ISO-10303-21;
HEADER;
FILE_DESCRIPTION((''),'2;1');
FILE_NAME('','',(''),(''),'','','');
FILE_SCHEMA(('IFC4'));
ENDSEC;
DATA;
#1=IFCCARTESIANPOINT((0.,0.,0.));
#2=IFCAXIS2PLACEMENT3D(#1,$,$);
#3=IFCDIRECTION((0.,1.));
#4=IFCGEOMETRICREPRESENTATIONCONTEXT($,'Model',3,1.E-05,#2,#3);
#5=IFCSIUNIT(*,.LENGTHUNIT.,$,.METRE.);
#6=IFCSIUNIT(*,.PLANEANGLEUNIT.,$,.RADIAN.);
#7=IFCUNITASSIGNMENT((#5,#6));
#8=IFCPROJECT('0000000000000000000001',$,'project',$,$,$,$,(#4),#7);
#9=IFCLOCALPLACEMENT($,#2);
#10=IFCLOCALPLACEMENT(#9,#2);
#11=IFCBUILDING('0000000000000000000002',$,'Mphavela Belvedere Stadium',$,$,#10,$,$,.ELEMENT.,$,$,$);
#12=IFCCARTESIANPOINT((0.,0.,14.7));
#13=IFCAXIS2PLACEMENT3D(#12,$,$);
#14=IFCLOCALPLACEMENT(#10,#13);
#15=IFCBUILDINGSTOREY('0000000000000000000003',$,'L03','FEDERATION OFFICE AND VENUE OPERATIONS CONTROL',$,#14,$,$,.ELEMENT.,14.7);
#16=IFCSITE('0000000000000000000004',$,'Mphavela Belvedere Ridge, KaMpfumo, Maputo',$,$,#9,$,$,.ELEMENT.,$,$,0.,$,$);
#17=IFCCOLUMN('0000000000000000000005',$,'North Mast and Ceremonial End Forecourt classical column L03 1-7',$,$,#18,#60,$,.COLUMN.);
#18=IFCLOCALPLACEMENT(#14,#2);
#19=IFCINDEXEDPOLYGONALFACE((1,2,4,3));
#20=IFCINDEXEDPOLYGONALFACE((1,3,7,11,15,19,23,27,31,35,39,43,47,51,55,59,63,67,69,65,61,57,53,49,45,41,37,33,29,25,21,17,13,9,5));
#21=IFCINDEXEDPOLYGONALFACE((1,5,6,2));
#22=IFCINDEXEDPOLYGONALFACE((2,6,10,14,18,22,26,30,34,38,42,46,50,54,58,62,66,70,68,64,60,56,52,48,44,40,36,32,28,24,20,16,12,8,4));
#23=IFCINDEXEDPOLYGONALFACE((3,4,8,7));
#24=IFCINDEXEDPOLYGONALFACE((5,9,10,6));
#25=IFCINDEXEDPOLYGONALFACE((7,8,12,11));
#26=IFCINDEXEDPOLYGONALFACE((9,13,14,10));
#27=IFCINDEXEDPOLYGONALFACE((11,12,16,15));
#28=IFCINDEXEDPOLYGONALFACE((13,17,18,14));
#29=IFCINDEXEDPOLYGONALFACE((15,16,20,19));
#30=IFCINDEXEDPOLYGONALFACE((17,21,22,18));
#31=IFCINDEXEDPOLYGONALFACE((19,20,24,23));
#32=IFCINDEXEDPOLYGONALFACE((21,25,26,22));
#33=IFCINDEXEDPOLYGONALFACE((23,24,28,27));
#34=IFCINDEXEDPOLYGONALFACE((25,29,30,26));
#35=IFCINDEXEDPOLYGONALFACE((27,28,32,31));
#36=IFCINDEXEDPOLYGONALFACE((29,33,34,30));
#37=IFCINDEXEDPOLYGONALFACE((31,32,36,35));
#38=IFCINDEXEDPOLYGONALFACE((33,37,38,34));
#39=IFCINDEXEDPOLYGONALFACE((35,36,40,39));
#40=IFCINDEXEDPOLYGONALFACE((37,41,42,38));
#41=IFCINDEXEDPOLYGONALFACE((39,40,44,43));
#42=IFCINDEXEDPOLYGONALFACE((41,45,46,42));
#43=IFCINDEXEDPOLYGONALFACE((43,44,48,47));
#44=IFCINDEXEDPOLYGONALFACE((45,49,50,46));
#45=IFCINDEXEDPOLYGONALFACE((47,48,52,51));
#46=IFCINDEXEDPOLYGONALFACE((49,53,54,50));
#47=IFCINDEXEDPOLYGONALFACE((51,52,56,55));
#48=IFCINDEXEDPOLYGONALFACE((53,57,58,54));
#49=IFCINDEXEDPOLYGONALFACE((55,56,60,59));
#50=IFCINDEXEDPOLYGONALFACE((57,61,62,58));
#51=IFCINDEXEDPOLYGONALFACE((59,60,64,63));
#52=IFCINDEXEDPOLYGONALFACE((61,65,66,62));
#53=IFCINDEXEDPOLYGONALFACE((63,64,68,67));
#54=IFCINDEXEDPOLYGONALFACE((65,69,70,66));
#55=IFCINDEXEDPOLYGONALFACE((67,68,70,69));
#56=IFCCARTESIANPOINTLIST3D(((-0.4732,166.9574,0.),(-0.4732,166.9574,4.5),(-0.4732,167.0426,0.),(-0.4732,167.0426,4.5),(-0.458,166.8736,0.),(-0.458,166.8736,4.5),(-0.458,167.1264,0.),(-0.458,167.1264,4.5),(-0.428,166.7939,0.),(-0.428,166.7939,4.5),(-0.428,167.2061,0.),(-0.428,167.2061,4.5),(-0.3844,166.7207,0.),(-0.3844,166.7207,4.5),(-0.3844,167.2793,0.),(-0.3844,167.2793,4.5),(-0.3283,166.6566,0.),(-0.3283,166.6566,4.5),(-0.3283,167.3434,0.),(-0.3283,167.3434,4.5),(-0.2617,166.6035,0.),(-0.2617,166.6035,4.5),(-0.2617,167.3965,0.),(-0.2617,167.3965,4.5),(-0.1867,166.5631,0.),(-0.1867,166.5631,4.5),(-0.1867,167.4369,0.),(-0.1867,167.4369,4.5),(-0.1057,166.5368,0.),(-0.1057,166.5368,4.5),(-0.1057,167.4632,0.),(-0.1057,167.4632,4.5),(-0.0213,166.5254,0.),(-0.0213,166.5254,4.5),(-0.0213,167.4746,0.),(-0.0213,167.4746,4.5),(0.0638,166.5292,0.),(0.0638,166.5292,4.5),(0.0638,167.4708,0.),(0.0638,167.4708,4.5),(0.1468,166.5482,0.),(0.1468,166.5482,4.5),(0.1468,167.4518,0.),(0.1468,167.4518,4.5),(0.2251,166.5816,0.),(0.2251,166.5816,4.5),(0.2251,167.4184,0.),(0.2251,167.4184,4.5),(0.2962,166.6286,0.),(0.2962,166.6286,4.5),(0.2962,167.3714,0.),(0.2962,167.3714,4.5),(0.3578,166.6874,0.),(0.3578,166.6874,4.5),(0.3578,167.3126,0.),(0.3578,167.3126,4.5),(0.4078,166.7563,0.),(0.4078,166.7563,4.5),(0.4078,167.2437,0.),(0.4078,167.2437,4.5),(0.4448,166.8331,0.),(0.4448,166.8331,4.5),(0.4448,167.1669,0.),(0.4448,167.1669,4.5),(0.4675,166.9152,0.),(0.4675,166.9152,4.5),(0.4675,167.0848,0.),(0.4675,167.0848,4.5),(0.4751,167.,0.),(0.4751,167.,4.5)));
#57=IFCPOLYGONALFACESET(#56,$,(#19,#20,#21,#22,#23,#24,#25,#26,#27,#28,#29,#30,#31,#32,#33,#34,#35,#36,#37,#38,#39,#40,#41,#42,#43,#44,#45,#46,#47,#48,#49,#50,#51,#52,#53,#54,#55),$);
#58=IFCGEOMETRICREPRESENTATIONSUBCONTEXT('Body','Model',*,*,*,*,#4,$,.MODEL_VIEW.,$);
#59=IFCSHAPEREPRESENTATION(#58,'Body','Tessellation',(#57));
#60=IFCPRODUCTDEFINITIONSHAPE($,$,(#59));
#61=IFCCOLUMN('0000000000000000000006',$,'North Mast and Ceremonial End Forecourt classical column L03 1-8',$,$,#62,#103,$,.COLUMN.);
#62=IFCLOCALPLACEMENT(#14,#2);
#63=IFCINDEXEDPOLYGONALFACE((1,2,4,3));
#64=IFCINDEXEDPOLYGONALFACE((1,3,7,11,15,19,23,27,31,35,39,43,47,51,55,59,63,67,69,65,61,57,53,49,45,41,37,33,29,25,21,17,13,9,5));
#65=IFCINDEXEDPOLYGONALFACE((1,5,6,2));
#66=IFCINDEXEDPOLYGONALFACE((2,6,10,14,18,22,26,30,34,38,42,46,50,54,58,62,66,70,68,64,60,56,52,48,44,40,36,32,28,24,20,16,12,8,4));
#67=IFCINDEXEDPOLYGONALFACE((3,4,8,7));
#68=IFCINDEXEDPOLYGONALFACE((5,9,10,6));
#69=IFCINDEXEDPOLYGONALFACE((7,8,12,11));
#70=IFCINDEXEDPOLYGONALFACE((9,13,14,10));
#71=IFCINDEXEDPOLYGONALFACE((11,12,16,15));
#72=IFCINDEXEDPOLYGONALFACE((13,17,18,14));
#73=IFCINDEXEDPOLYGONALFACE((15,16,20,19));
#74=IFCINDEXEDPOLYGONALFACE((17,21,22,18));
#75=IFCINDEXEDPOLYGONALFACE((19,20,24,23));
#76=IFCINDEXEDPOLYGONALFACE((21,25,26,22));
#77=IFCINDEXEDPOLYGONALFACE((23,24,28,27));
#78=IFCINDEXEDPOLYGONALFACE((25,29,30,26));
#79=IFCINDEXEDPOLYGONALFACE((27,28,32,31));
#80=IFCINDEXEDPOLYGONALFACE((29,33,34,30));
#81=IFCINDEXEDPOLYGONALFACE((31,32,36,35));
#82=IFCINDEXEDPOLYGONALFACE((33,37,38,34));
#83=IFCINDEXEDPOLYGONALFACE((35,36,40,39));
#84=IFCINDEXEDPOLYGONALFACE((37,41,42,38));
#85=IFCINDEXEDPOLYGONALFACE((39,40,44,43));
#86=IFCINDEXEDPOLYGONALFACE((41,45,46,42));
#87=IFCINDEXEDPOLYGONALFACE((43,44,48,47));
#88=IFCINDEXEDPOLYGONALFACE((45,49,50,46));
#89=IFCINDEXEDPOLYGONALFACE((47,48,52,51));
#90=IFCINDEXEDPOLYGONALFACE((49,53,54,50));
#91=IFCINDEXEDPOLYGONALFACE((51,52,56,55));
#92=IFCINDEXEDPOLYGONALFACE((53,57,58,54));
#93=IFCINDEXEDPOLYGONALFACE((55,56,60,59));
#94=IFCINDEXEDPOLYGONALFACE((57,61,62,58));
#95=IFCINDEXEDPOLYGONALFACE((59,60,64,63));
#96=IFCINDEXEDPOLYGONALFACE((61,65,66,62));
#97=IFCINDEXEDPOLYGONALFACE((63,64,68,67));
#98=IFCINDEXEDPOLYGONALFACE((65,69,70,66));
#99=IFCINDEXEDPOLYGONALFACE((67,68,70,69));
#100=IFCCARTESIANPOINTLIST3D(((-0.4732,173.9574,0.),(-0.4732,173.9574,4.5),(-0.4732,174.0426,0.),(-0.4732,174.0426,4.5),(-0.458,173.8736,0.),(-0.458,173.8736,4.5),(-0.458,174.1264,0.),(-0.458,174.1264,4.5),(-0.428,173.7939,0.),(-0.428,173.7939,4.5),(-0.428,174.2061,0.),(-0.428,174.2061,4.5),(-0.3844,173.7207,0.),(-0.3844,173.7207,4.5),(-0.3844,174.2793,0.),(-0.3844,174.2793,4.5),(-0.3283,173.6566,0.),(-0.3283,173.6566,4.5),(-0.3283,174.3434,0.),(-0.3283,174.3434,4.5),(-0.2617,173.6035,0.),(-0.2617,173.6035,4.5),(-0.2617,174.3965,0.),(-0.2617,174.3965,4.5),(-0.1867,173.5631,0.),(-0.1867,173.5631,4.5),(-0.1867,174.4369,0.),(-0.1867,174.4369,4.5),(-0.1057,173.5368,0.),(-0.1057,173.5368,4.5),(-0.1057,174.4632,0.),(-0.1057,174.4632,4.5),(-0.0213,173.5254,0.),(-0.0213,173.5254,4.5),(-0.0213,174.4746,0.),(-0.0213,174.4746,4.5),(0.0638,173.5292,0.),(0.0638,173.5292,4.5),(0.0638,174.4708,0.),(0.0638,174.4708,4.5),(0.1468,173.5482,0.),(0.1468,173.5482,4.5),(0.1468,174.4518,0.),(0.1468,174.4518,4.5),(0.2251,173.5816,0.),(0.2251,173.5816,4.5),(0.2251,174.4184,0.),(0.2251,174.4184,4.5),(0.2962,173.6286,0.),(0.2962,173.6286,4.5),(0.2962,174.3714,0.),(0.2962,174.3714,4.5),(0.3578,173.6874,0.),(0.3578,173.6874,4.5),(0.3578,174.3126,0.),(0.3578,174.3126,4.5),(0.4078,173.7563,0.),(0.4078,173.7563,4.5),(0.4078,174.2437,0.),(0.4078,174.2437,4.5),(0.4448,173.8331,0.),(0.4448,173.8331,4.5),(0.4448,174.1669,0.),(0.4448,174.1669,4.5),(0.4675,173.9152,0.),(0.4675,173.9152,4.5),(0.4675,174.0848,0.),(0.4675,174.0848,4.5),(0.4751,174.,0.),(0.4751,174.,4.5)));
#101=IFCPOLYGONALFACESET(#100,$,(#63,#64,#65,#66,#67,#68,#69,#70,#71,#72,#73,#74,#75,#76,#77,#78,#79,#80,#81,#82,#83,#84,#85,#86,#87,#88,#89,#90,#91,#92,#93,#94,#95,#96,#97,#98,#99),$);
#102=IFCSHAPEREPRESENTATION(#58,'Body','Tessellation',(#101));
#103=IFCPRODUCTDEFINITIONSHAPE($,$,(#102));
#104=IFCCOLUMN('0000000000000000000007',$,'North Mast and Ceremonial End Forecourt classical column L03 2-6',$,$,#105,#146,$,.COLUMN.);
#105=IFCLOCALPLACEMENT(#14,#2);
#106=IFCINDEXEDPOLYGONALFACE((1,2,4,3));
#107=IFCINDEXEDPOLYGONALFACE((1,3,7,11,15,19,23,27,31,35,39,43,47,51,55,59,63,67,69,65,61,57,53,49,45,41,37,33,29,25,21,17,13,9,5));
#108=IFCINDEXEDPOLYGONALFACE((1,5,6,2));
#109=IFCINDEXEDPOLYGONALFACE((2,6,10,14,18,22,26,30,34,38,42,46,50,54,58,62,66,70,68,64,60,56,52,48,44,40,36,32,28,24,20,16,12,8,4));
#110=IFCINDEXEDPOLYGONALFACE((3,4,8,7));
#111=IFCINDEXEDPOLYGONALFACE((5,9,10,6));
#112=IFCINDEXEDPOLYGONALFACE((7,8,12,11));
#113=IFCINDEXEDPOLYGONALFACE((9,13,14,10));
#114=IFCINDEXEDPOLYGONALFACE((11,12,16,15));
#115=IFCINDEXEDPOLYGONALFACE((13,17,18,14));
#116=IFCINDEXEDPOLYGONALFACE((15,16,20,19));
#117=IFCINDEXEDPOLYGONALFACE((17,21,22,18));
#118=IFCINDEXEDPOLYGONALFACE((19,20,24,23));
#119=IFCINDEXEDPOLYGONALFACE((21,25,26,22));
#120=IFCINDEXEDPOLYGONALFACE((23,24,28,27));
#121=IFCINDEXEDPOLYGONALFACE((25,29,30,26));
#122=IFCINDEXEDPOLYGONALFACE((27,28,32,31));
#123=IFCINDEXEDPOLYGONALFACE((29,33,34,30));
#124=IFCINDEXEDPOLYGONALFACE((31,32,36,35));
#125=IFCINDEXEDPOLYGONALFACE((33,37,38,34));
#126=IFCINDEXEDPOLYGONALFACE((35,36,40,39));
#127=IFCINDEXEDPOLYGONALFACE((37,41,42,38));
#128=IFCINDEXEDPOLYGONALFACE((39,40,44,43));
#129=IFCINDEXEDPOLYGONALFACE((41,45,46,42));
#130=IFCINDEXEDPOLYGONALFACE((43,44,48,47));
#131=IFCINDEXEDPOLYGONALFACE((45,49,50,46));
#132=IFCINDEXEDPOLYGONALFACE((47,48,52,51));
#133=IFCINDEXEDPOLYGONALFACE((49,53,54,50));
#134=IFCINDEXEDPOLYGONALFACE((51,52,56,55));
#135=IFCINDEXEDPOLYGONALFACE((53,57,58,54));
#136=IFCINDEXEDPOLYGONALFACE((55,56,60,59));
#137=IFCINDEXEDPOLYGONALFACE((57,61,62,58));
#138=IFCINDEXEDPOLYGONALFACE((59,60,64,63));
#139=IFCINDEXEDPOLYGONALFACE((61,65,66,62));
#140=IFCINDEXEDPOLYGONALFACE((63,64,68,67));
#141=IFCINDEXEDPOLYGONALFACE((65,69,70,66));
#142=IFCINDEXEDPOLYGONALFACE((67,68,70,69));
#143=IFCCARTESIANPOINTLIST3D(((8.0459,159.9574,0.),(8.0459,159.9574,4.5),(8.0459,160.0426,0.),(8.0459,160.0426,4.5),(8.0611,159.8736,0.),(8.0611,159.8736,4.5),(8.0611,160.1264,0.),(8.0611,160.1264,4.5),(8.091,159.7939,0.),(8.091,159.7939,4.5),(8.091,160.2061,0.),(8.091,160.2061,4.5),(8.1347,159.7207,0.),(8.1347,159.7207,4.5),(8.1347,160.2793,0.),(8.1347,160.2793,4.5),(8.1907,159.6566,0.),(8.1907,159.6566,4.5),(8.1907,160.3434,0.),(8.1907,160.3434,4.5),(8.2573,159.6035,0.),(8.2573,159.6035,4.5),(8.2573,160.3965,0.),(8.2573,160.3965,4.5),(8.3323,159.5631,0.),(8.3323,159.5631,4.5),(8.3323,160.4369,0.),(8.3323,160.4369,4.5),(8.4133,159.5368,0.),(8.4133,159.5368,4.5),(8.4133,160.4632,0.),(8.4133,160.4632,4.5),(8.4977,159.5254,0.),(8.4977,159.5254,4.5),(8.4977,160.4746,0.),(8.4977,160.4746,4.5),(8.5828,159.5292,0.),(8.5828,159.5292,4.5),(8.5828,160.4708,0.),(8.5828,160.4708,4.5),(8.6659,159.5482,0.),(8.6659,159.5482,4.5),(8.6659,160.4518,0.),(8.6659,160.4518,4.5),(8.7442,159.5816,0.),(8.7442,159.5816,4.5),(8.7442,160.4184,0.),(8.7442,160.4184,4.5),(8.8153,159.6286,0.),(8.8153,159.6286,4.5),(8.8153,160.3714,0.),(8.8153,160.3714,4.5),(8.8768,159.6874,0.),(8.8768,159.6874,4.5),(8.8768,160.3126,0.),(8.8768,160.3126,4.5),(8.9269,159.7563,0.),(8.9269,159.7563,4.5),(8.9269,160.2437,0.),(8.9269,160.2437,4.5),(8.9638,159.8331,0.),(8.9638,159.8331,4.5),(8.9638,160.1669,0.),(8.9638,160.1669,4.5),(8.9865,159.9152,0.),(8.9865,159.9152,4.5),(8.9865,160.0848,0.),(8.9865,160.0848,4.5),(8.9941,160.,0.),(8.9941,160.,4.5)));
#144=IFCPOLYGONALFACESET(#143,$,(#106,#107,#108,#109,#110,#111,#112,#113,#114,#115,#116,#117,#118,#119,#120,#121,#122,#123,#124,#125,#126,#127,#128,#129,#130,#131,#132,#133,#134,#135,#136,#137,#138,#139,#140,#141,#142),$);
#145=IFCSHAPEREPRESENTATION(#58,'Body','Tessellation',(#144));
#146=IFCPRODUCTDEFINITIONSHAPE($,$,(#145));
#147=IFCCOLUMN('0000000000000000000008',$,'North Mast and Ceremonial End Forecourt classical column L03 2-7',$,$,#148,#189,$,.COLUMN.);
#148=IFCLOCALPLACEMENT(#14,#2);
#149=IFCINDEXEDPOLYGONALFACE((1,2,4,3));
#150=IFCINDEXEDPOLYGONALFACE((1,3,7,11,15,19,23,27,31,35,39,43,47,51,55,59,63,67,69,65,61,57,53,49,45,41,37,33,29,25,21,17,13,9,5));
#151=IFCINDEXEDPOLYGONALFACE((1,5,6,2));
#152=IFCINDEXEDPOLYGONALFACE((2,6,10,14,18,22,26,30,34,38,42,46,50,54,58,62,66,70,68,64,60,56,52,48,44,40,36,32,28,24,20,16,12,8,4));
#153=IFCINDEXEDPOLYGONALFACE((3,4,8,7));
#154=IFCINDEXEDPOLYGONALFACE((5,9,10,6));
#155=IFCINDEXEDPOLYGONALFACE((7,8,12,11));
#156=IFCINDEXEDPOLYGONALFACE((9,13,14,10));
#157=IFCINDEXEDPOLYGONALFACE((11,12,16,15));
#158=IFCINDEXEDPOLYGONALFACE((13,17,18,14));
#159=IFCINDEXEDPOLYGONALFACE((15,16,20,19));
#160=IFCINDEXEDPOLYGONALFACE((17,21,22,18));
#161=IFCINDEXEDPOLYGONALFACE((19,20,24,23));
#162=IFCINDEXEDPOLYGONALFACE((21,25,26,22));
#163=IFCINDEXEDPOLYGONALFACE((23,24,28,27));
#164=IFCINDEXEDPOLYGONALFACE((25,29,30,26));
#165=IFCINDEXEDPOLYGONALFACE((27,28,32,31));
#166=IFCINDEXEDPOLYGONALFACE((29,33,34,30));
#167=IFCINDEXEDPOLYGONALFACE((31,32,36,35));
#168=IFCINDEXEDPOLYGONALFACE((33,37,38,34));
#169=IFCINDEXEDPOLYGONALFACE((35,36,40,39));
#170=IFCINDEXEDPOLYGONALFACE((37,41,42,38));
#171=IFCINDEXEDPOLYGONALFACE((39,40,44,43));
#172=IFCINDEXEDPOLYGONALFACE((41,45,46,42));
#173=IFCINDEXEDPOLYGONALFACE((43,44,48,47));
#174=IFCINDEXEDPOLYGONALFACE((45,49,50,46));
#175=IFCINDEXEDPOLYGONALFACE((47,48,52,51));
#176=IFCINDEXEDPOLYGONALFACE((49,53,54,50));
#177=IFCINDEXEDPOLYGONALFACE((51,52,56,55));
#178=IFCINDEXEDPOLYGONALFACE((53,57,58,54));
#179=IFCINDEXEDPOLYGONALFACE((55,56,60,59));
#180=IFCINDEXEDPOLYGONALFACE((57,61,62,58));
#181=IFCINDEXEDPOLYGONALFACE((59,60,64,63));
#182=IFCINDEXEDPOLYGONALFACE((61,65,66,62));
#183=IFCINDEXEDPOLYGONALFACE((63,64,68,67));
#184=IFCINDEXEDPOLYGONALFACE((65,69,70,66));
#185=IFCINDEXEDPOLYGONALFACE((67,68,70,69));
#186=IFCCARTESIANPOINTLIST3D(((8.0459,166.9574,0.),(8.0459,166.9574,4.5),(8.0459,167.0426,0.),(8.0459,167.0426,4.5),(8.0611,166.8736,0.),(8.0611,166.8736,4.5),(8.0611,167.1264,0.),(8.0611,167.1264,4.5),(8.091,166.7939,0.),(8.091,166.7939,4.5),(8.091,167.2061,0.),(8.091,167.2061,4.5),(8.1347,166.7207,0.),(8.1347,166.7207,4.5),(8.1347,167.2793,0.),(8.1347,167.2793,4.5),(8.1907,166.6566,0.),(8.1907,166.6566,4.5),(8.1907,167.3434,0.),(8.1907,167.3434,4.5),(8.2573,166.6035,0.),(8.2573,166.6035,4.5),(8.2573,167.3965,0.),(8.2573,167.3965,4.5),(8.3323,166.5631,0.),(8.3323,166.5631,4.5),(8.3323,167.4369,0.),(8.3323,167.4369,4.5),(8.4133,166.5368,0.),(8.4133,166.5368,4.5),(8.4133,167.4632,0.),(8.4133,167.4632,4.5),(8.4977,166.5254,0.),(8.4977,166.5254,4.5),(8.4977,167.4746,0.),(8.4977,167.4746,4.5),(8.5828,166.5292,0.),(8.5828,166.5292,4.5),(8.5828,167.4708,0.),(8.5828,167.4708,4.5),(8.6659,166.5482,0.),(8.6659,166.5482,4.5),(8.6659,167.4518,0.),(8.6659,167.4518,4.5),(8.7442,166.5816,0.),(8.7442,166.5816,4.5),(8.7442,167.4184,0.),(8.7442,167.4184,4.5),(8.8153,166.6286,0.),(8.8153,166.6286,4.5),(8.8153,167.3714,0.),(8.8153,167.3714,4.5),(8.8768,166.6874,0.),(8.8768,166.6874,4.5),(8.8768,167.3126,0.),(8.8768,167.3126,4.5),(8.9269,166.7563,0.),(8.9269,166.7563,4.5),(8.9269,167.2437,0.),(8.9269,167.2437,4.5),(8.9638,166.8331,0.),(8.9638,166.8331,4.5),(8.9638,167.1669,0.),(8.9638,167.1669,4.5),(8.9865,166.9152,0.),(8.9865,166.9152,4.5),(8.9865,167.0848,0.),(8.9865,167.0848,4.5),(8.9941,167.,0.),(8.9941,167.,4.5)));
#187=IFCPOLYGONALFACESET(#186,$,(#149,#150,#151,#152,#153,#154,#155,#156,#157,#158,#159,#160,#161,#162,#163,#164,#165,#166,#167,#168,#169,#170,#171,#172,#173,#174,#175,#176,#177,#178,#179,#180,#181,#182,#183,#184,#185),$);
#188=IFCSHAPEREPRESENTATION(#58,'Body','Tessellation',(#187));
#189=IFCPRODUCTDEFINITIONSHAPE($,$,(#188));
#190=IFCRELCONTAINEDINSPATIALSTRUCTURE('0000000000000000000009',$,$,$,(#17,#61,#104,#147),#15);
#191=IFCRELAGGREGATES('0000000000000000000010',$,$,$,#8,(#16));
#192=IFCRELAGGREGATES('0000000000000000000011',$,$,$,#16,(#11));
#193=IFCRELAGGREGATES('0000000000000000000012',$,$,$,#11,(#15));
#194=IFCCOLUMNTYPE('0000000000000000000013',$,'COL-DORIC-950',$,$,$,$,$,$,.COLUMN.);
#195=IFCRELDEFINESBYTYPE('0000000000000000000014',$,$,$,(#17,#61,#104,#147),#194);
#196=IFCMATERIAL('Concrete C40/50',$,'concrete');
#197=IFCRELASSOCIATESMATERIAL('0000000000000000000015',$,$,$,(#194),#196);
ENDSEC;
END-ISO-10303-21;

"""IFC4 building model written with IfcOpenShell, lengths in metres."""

from ifc_helpers import new_model, si_unit, direction, frame, origin, origin_2d, place, context, subcontext, project, spatial, circle, extrude, material, material_profile, profile_set, type_object, element, save


model = new_model("IFC4")

# Units and contexts
model_context = context("Model", 3, precision=1e-05, world=origin(), true_north=direction((0.0, 1.0)))
body_context = subcontext(model_context, "Body", "Model", "MODEL_VIEW")
ifc_project = project(units=[si_unit("LENGTHUNIT", "METRE"), si_unit("PLANEANGLEUNIT", "RADIAN")], contexts=[model_context])

# Site, building, storey
site_placement = place(None, origin())
site = spatial("IfcSite", under=ifc_project, at=site_placement, Name="Mphavela Belvedere Ridge, KaMpfumo, Maputo", CompositionType="ELEMENT", RefElevation=0.0)
building_placement = place(site_placement, origin())
building = spatial("IfcBuilding", under=site, at=building_placement, Name="Mphavela Belvedere Stadium", CompositionType="ELEMENT")
storey_placement = place(building_placement, frame((0.0, 0.0, 14.7)))
storey = spatial("IfcBuildingStorey", under=building, at=storey_placement, Name="L03", Description="FEDERATION OFFICE AND VENUE OPERATIONS CONTROL", CompositionType="ELEMENT", Elevation=14.7)

# Columns
ifc_material_1 = material(Name="Concrete C40/50", Category="concrete")
ifc_material_profile_1 = material_profile(ifc_material_1, circle(Radius=0.4751, at=origin_2d()), Name="COL D950")
ifc_profile_set_1 = profile_set([ifc_material_profile_1], Name="Concrete C40/50")
column_type = type_object("IfcColumnType", Name="COL-DORIC-950", PredefinedType="COLUMN", material=ifc_profile_set_1)
for number, where, z_axis, x_axis, name in (
    (1, (0.0, 167.0, 0.0), (0.0, 0.0, 1.0), (1.0, 0.0, 0.0), "North Mast and Ceremonial End Forecourt classical column L03 1-7"),
    (2, (0.0, 174.0, 0.0), (0.0, 0.0, 1.0), (1.0, 0.0, 0.0), "North Mast and Ceremonial End Forecourt classical column L03 1-8"),
    (3, (8.519, 160.0, 0.0), (0.0, 0.0, 1.0), (1.0, 0.0, 0.0), "North Mast and Ceremonial End Forecourt classical column L03 2-6"),
    (4, (8.519, 167.0, 0.0), (0.0, 0.0, 1.0), (1.0, 0.0, 0.0), "North Mast and Ceremonial End Forecourt classical column L03 2-7"),
):
    element("IfcColumn", number, at=place(storey_placement, frame(where, z_axis=z_axis, x_axis=x_axis)), inside=storey, type_object=column_type, Name=name, PredefinedType="COLUMN", context=body_context, shape_type="SweptSolid", body=[
        extrude(circle(Radius=0.4751, at=origin_2d()), origin(), (0.0, 0.0, 1.0), 4.5),
    ])

save(model, "model.ifc")
